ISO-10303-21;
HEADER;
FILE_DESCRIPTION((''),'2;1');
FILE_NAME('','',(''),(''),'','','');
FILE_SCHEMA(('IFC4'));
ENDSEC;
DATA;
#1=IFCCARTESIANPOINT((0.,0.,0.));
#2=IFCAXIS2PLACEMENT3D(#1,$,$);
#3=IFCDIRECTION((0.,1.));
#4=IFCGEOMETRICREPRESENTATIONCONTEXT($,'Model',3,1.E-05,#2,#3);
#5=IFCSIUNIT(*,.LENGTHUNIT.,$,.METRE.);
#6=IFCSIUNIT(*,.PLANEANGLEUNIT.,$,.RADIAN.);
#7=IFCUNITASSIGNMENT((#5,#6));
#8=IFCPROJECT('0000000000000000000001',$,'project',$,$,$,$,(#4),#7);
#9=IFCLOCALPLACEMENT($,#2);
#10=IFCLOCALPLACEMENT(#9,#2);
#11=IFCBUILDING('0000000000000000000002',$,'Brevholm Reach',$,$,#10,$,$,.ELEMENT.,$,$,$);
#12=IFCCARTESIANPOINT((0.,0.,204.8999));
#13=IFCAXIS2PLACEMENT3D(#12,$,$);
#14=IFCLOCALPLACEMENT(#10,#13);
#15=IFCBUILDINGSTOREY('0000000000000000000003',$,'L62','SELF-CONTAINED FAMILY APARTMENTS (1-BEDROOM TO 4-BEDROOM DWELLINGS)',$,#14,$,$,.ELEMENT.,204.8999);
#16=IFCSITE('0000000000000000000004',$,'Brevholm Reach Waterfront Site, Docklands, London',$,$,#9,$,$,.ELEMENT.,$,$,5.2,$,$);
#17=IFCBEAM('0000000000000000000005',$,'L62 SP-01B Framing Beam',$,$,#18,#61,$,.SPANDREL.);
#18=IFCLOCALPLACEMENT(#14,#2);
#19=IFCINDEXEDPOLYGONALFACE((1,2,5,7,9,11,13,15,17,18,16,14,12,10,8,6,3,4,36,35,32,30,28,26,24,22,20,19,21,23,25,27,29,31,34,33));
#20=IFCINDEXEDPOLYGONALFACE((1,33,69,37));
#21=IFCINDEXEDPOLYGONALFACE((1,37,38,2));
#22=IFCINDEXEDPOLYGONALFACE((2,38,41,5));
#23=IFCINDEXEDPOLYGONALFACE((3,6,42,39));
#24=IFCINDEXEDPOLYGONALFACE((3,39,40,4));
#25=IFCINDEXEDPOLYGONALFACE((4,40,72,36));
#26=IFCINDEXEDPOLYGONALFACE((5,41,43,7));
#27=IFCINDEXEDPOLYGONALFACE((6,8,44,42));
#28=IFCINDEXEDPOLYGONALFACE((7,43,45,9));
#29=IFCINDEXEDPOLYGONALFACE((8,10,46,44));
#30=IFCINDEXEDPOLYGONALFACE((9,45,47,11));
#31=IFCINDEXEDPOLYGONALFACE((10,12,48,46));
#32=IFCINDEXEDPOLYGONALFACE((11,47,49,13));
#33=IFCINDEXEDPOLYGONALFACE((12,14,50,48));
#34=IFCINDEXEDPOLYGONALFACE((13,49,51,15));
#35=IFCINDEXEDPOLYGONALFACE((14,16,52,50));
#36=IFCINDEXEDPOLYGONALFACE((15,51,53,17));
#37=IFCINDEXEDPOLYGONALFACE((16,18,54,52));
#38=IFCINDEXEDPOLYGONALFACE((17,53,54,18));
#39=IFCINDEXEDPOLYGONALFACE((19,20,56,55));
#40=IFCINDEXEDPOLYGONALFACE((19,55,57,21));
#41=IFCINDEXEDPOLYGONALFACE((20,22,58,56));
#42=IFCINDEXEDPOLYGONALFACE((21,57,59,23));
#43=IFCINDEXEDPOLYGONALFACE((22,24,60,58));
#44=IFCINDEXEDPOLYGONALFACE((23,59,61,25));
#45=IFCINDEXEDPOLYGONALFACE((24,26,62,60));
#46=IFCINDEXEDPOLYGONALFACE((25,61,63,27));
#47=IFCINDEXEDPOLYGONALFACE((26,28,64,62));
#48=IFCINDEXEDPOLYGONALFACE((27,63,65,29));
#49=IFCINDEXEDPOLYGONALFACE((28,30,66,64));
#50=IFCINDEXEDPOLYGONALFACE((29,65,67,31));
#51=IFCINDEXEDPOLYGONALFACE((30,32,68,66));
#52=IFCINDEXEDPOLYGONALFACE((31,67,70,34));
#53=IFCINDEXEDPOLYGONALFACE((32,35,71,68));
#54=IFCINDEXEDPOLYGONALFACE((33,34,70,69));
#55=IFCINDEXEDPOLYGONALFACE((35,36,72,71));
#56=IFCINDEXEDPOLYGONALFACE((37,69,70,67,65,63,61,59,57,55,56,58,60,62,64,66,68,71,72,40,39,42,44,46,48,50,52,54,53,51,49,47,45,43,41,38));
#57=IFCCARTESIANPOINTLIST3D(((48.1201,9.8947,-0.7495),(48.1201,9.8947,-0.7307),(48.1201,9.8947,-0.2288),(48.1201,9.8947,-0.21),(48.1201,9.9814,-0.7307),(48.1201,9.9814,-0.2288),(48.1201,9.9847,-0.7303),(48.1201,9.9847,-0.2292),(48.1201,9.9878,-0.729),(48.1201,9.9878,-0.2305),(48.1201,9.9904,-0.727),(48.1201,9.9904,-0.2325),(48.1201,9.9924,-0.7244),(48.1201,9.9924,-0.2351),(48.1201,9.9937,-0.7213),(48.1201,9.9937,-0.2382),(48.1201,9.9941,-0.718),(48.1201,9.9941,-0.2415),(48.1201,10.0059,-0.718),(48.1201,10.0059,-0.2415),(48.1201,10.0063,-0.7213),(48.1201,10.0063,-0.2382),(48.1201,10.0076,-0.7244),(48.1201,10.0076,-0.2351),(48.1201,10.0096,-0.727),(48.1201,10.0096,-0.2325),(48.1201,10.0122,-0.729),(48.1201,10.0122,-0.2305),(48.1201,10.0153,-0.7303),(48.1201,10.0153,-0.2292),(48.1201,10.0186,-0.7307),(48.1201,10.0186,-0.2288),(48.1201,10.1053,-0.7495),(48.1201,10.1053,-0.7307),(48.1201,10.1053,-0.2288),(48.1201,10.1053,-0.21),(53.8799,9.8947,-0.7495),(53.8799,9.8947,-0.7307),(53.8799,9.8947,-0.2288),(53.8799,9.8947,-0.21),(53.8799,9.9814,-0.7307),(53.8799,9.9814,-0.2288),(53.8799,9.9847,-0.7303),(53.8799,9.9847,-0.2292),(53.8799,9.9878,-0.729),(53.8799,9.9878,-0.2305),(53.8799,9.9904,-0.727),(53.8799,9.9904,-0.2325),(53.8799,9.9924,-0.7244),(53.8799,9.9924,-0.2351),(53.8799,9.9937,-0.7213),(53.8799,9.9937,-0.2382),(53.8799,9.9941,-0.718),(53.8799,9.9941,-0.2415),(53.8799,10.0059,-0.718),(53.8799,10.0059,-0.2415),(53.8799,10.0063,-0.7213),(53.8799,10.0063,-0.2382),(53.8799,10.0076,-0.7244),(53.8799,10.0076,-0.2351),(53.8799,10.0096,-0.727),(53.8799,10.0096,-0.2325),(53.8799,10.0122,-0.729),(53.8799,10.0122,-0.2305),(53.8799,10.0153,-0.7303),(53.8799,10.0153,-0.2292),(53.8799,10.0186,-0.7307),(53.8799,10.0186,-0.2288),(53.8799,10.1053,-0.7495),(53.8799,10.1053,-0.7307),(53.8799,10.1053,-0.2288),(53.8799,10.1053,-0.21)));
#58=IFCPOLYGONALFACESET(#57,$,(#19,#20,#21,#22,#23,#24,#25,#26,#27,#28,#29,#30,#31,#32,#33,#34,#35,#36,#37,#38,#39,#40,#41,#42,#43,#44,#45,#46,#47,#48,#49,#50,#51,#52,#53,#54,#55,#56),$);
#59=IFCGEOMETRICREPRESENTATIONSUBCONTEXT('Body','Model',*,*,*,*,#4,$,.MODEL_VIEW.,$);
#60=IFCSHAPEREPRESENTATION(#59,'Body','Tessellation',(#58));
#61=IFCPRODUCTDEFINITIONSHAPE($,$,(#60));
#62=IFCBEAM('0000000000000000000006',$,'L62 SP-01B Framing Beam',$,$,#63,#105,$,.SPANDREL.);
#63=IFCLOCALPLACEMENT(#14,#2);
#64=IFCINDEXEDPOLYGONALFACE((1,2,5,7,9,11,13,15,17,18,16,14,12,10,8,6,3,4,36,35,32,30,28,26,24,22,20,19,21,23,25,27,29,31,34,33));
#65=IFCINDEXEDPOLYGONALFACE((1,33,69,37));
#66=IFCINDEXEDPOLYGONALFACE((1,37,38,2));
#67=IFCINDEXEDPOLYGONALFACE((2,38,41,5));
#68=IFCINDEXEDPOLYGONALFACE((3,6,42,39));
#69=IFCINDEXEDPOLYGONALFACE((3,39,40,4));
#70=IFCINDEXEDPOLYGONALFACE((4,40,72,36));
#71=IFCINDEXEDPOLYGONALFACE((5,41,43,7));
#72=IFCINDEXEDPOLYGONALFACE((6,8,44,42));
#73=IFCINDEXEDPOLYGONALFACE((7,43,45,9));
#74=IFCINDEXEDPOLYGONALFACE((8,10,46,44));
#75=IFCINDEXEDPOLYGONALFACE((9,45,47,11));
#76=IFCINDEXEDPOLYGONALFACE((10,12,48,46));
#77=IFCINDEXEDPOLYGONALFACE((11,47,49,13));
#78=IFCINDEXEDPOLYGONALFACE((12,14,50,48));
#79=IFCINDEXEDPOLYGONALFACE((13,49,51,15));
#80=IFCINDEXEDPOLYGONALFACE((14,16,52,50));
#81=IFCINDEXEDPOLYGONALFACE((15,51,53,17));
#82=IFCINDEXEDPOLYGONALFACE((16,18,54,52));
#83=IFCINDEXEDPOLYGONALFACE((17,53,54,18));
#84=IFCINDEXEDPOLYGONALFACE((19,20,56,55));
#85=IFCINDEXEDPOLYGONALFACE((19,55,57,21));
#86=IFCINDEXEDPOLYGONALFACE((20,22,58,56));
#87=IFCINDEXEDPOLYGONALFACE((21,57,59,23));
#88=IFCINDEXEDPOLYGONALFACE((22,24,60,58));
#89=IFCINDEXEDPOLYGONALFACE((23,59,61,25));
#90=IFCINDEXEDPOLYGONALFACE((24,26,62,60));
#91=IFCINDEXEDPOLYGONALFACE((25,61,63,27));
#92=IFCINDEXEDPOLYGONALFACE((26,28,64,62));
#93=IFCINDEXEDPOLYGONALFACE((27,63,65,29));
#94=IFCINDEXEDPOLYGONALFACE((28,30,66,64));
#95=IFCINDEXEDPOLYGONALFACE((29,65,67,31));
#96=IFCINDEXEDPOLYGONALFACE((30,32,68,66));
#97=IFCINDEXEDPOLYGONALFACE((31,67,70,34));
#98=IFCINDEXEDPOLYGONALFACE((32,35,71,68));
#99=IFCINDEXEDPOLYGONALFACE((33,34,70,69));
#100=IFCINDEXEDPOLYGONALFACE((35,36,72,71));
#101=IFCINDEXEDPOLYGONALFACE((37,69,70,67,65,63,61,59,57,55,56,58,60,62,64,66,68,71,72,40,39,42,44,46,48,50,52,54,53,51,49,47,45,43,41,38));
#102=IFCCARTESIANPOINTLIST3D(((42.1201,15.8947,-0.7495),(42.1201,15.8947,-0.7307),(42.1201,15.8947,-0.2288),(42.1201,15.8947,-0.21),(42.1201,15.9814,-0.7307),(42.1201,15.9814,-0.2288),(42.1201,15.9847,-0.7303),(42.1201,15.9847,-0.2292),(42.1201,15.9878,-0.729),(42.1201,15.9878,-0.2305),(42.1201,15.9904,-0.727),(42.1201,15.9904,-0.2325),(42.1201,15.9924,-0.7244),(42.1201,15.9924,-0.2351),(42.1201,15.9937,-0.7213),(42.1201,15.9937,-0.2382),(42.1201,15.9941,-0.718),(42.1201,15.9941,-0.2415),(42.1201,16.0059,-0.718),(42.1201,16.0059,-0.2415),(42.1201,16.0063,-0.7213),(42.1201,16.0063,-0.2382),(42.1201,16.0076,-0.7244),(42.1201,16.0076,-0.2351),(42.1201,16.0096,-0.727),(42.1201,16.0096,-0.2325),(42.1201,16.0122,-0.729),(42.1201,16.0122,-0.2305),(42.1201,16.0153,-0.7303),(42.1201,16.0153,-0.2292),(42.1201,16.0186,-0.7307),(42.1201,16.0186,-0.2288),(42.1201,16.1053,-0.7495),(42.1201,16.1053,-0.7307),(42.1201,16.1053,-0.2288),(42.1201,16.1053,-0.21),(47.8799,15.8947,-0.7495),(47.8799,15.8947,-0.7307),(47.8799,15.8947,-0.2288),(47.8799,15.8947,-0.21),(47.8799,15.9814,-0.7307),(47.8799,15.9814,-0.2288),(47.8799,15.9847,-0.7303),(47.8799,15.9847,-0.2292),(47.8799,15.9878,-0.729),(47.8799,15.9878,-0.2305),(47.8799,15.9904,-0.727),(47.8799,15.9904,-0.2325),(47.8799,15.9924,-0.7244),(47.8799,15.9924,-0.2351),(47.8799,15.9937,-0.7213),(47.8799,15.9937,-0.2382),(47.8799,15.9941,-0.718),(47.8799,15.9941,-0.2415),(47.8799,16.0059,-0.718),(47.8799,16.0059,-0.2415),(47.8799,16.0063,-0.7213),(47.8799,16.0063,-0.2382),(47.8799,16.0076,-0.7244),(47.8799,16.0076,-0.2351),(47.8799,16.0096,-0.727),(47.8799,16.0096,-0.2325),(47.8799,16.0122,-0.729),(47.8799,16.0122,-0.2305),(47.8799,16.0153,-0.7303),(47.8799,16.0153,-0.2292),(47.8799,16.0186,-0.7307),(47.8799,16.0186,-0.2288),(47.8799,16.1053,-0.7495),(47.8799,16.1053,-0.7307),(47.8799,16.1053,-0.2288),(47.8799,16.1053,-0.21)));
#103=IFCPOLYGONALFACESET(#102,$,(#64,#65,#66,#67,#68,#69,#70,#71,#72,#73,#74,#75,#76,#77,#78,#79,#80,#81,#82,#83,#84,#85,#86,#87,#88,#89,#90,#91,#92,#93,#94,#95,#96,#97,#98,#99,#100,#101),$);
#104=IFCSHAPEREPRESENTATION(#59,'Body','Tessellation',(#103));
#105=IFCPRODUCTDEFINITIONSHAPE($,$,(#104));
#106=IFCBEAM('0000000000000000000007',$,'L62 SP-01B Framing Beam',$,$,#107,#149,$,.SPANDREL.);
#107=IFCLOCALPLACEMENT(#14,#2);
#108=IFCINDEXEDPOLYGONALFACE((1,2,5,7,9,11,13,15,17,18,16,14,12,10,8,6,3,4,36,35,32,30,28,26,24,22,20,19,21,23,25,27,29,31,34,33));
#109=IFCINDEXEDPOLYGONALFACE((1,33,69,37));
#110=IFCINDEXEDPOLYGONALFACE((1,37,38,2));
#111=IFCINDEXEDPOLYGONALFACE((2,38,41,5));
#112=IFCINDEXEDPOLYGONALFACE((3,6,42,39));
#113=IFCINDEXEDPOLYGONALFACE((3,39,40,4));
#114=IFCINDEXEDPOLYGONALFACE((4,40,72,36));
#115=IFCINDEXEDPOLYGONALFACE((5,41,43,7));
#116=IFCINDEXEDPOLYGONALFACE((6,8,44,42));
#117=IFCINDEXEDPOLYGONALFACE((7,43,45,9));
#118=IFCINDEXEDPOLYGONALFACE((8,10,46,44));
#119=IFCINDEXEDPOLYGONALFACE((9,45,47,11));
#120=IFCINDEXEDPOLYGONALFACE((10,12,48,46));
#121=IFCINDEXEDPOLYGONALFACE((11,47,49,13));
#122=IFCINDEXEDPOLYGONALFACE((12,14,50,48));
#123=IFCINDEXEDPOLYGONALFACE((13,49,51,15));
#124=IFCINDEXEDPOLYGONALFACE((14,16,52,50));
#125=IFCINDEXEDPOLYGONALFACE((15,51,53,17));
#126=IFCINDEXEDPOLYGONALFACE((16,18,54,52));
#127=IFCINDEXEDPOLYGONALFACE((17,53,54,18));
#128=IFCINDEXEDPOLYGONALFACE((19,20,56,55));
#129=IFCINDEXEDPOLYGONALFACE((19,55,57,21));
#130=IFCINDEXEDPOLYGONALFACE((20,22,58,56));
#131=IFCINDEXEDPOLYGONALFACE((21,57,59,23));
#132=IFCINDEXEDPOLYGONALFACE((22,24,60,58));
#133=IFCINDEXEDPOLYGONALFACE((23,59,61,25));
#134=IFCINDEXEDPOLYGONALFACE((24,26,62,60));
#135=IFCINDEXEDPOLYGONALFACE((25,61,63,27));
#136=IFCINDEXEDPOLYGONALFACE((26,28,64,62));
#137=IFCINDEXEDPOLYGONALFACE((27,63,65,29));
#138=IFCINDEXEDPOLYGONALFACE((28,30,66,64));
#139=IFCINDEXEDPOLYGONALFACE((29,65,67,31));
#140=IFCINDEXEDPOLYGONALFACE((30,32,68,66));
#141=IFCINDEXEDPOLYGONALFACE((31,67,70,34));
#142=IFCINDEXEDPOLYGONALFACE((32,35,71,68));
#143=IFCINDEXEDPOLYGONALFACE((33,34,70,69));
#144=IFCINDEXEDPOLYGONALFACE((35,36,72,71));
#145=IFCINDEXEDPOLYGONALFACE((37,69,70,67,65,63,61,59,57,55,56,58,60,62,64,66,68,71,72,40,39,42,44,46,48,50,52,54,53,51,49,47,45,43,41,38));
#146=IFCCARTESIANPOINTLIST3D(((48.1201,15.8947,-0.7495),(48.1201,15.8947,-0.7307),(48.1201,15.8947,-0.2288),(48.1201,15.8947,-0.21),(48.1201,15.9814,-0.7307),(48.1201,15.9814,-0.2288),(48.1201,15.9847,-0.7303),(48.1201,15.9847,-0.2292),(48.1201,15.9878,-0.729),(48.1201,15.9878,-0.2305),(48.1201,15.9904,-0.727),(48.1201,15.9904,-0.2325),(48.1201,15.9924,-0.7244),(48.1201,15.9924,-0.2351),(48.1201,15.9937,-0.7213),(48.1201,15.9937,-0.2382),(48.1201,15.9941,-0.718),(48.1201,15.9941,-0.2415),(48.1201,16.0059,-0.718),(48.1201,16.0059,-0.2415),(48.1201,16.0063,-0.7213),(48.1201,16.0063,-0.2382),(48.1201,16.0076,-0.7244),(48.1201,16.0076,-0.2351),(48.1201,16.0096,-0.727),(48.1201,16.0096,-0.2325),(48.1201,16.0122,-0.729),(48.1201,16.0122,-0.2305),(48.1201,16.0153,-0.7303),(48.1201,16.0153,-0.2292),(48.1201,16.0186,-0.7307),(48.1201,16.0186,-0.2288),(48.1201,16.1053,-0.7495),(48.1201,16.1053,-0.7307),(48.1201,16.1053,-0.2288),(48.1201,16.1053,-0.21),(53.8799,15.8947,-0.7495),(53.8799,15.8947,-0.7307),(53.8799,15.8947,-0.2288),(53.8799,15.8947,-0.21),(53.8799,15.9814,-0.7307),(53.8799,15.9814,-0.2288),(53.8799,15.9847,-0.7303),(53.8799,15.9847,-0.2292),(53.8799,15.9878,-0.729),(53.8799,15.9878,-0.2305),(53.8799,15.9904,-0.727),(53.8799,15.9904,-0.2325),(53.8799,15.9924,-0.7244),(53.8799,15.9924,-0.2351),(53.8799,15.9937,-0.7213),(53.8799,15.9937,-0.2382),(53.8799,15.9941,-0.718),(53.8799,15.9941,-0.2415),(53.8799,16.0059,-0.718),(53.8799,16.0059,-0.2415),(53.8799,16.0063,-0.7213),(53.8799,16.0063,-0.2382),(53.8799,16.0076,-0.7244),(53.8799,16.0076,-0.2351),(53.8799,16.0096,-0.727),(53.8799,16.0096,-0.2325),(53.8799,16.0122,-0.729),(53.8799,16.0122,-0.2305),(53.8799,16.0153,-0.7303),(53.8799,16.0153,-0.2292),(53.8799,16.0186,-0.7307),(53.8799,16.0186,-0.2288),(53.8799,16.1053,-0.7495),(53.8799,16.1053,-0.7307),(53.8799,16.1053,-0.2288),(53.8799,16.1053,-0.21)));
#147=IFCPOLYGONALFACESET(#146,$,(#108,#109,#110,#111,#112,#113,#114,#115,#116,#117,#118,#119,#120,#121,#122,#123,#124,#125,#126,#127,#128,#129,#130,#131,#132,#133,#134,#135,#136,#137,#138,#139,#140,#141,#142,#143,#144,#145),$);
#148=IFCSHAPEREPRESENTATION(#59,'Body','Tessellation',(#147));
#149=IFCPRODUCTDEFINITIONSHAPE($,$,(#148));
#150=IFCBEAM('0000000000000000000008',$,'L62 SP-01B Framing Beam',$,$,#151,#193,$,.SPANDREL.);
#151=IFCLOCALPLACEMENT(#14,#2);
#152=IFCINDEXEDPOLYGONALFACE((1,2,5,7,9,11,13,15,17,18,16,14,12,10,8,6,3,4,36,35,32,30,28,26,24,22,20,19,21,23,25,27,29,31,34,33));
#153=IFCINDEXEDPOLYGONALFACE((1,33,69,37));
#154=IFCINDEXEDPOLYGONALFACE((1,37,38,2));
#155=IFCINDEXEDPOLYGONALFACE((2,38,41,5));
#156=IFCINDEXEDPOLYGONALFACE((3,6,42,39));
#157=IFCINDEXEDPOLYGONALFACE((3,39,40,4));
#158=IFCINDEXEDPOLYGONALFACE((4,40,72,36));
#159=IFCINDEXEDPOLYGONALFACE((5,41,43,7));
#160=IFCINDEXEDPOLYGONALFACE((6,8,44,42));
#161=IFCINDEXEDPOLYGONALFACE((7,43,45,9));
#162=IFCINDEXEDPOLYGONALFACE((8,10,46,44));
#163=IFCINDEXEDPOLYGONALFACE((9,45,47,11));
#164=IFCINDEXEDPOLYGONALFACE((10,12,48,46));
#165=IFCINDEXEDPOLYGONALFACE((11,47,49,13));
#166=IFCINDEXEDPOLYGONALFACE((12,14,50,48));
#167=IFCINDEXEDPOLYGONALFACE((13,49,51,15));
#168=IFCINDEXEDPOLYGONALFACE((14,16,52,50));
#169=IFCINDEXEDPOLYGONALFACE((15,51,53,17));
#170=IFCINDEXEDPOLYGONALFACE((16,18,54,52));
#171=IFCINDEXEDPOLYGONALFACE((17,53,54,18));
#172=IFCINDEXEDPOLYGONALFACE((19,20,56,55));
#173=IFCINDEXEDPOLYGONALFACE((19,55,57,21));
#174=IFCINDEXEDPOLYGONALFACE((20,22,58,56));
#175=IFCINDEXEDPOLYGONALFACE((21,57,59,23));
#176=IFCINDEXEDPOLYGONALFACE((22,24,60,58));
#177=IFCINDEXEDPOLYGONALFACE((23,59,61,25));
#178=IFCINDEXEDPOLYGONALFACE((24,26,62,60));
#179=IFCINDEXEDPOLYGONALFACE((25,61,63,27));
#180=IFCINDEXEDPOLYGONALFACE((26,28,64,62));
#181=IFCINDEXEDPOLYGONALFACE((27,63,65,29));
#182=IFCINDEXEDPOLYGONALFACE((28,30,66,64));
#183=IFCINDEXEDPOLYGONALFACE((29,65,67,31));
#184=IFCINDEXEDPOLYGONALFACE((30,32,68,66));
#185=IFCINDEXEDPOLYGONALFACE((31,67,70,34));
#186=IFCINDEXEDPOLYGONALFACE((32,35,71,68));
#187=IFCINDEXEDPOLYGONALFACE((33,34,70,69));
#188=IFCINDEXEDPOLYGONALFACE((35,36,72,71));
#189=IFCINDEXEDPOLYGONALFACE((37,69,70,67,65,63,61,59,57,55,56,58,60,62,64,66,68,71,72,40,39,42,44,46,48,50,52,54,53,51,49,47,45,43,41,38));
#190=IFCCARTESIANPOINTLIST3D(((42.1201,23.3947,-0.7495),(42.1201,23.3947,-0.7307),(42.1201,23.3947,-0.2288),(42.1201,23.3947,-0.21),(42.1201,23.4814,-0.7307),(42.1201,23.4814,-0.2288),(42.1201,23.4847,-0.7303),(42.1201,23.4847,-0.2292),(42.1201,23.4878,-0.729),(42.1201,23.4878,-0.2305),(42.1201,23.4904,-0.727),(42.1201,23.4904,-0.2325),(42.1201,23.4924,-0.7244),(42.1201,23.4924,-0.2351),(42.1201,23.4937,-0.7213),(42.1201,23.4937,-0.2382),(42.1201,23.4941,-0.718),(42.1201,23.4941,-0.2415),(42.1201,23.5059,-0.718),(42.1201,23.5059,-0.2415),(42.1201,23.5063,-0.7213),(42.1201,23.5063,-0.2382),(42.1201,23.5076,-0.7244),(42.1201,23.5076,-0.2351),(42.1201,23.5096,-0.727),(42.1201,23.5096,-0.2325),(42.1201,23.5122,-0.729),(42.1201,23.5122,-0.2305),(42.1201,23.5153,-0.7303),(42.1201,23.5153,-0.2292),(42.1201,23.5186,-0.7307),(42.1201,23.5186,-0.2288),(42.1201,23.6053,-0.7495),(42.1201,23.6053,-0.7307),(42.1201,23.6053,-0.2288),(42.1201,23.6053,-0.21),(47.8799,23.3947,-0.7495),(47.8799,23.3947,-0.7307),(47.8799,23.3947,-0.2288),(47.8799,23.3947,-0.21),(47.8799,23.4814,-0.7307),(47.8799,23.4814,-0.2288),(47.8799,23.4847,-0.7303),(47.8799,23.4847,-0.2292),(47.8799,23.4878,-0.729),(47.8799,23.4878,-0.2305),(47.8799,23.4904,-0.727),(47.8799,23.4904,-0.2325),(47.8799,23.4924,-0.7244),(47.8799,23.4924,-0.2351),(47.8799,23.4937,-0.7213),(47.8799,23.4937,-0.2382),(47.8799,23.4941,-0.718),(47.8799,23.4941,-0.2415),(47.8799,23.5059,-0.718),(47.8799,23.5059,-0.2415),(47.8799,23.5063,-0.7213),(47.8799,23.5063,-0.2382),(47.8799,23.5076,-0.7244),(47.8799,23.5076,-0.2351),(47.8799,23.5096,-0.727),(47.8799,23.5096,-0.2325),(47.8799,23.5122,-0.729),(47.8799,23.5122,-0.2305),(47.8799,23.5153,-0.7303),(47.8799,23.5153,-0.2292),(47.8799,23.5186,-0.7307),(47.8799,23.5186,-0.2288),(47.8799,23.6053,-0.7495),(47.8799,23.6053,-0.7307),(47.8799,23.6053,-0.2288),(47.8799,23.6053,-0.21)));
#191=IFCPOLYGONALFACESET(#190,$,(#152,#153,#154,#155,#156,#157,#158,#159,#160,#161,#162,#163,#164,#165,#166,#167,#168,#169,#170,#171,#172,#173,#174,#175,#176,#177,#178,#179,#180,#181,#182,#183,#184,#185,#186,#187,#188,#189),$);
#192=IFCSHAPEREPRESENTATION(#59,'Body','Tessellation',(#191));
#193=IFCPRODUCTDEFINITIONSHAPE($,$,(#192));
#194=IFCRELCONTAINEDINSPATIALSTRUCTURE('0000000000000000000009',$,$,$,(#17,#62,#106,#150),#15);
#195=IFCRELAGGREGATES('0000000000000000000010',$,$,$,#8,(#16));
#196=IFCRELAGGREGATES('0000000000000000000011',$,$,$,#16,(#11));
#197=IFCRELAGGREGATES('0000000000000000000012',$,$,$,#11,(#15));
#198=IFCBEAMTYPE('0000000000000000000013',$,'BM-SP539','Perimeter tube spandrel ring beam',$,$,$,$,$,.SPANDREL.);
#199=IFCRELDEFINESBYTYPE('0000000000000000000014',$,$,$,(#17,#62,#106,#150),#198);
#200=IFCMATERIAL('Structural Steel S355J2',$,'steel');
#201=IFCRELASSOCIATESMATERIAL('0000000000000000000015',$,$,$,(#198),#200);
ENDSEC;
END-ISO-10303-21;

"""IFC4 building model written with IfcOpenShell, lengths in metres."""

from ifc_helpers import new_model, si_unit, direction, frame, origin, origin_2d, place, context, subcontext, project, spatial, i_section, extrude, material, material_profile, profile_set, type_object, element, save


model = new_model("IFC4")

# Units and contexts
model_context = context("Model", 3, precision=1e-05, world=origin(), true_north=direction((0.0, 1.0)))
body_context = subcontext(model_context, "Body", "Model", "MODEL_VIEW")
ifc_project = project(units=[si_unit("LENGTHUNIT", "METRE"), si_unit("PLANEANGLEUNIT", "RADIAN")], contexts=[model_context])

# Site, building, storey
site_placement = place(None, origin())
site = spatial("IfcSite", under=ifc_project, at=site_placement, Name="Brevholm Reach Waterfront Site, Docklands, London", CompositionType="ELEMENT", RefElevation=5.2)
building_placement = place(site_placement, origin())
building = spatial("IfcBuilding", under=site, at=building_placement, Name="Brevholm Reach", CompositionType="ELEMENT")
storey_placement = place(building_placement, frame((0.0, 0.0, 204.8999)))
storey = spatial("IfcBuildingStorey", under=building, at=storey_placement, Name="L62", Description="SELF-CONTAINED FAMILY APARTMENTS (1-BEDROOM TO 4-BEDROOM DWELLINGS)", CompositionType="ELEMENT", Elevation=204.8999)

# Beams
ifc_material_1 = material(Name="Structural Steel S355J2", Category="steel")
ifc_material_profile_1 = material_profile(ifc_material_1, i_section(OverallWidth=0.2107, OverallDepth=0.5396, WebThickness=0.0117, FlangeThickness=0.0188, FilletRadius=0.0127, at=origin_2d()), Name="UKB 533x210x109")
ifc_profile_set_1 = profile_set([ifc_material_profile_1], Name="Structural Steel S355J2")
beam_type_1 = type_object("IfcBeamType", Name="BM-SP539", Description="Perimeter tube spandrel ring beam", PredefinedType="SPANDREL", material=ifc_profile_set_1)
for number, where, z_axis, x_axis, name in (
    (1, (48.1201, 10.0, -0.4797), (1.0, 0.0, 0.0), (0.0, 1.0, 0.0), "L62 SP-01B Framing Beam"),
    (2, (42.1201, 16.0, -0.4797), (1.0, 0.0, 0.0), (0.0, 1.0, 0.0), "L62 SP-01B Framing Beam"),
    (3, (48.1201, 16.0, -0.4797), (1.0, 0.0, 0.0), (0.0, 1.0, 0.0), "L62 SP-01B Framing Beam"),
    (4, (42.1201, 23.5, -0.4797), (1.0, 0.0, 0.0), (0.0, 1.0, 0.0), "L62 SP-01B Framing Beam"),
):
    element("IfcBeam", number, at=place(storey_placement, frame(where, z_axis=z_axis, x_axis=x_axis)), inside=storey, type_object=beam_type_1, Name=name, PredefinedType="SPANDREL", context=body_context, shape_type="SweptSolid", body=[
        extrude(i_section(OverallWidth=0.2107, OverallDepth=0.5396, WebThickness=0.0117, FlangeThickness=0.0188, FilletRadius=0.0127, at=origin_2d()), origin(), (0.0, 0.0, 1.0), 5.7598),
    ])

save(model, "model.ifc")
